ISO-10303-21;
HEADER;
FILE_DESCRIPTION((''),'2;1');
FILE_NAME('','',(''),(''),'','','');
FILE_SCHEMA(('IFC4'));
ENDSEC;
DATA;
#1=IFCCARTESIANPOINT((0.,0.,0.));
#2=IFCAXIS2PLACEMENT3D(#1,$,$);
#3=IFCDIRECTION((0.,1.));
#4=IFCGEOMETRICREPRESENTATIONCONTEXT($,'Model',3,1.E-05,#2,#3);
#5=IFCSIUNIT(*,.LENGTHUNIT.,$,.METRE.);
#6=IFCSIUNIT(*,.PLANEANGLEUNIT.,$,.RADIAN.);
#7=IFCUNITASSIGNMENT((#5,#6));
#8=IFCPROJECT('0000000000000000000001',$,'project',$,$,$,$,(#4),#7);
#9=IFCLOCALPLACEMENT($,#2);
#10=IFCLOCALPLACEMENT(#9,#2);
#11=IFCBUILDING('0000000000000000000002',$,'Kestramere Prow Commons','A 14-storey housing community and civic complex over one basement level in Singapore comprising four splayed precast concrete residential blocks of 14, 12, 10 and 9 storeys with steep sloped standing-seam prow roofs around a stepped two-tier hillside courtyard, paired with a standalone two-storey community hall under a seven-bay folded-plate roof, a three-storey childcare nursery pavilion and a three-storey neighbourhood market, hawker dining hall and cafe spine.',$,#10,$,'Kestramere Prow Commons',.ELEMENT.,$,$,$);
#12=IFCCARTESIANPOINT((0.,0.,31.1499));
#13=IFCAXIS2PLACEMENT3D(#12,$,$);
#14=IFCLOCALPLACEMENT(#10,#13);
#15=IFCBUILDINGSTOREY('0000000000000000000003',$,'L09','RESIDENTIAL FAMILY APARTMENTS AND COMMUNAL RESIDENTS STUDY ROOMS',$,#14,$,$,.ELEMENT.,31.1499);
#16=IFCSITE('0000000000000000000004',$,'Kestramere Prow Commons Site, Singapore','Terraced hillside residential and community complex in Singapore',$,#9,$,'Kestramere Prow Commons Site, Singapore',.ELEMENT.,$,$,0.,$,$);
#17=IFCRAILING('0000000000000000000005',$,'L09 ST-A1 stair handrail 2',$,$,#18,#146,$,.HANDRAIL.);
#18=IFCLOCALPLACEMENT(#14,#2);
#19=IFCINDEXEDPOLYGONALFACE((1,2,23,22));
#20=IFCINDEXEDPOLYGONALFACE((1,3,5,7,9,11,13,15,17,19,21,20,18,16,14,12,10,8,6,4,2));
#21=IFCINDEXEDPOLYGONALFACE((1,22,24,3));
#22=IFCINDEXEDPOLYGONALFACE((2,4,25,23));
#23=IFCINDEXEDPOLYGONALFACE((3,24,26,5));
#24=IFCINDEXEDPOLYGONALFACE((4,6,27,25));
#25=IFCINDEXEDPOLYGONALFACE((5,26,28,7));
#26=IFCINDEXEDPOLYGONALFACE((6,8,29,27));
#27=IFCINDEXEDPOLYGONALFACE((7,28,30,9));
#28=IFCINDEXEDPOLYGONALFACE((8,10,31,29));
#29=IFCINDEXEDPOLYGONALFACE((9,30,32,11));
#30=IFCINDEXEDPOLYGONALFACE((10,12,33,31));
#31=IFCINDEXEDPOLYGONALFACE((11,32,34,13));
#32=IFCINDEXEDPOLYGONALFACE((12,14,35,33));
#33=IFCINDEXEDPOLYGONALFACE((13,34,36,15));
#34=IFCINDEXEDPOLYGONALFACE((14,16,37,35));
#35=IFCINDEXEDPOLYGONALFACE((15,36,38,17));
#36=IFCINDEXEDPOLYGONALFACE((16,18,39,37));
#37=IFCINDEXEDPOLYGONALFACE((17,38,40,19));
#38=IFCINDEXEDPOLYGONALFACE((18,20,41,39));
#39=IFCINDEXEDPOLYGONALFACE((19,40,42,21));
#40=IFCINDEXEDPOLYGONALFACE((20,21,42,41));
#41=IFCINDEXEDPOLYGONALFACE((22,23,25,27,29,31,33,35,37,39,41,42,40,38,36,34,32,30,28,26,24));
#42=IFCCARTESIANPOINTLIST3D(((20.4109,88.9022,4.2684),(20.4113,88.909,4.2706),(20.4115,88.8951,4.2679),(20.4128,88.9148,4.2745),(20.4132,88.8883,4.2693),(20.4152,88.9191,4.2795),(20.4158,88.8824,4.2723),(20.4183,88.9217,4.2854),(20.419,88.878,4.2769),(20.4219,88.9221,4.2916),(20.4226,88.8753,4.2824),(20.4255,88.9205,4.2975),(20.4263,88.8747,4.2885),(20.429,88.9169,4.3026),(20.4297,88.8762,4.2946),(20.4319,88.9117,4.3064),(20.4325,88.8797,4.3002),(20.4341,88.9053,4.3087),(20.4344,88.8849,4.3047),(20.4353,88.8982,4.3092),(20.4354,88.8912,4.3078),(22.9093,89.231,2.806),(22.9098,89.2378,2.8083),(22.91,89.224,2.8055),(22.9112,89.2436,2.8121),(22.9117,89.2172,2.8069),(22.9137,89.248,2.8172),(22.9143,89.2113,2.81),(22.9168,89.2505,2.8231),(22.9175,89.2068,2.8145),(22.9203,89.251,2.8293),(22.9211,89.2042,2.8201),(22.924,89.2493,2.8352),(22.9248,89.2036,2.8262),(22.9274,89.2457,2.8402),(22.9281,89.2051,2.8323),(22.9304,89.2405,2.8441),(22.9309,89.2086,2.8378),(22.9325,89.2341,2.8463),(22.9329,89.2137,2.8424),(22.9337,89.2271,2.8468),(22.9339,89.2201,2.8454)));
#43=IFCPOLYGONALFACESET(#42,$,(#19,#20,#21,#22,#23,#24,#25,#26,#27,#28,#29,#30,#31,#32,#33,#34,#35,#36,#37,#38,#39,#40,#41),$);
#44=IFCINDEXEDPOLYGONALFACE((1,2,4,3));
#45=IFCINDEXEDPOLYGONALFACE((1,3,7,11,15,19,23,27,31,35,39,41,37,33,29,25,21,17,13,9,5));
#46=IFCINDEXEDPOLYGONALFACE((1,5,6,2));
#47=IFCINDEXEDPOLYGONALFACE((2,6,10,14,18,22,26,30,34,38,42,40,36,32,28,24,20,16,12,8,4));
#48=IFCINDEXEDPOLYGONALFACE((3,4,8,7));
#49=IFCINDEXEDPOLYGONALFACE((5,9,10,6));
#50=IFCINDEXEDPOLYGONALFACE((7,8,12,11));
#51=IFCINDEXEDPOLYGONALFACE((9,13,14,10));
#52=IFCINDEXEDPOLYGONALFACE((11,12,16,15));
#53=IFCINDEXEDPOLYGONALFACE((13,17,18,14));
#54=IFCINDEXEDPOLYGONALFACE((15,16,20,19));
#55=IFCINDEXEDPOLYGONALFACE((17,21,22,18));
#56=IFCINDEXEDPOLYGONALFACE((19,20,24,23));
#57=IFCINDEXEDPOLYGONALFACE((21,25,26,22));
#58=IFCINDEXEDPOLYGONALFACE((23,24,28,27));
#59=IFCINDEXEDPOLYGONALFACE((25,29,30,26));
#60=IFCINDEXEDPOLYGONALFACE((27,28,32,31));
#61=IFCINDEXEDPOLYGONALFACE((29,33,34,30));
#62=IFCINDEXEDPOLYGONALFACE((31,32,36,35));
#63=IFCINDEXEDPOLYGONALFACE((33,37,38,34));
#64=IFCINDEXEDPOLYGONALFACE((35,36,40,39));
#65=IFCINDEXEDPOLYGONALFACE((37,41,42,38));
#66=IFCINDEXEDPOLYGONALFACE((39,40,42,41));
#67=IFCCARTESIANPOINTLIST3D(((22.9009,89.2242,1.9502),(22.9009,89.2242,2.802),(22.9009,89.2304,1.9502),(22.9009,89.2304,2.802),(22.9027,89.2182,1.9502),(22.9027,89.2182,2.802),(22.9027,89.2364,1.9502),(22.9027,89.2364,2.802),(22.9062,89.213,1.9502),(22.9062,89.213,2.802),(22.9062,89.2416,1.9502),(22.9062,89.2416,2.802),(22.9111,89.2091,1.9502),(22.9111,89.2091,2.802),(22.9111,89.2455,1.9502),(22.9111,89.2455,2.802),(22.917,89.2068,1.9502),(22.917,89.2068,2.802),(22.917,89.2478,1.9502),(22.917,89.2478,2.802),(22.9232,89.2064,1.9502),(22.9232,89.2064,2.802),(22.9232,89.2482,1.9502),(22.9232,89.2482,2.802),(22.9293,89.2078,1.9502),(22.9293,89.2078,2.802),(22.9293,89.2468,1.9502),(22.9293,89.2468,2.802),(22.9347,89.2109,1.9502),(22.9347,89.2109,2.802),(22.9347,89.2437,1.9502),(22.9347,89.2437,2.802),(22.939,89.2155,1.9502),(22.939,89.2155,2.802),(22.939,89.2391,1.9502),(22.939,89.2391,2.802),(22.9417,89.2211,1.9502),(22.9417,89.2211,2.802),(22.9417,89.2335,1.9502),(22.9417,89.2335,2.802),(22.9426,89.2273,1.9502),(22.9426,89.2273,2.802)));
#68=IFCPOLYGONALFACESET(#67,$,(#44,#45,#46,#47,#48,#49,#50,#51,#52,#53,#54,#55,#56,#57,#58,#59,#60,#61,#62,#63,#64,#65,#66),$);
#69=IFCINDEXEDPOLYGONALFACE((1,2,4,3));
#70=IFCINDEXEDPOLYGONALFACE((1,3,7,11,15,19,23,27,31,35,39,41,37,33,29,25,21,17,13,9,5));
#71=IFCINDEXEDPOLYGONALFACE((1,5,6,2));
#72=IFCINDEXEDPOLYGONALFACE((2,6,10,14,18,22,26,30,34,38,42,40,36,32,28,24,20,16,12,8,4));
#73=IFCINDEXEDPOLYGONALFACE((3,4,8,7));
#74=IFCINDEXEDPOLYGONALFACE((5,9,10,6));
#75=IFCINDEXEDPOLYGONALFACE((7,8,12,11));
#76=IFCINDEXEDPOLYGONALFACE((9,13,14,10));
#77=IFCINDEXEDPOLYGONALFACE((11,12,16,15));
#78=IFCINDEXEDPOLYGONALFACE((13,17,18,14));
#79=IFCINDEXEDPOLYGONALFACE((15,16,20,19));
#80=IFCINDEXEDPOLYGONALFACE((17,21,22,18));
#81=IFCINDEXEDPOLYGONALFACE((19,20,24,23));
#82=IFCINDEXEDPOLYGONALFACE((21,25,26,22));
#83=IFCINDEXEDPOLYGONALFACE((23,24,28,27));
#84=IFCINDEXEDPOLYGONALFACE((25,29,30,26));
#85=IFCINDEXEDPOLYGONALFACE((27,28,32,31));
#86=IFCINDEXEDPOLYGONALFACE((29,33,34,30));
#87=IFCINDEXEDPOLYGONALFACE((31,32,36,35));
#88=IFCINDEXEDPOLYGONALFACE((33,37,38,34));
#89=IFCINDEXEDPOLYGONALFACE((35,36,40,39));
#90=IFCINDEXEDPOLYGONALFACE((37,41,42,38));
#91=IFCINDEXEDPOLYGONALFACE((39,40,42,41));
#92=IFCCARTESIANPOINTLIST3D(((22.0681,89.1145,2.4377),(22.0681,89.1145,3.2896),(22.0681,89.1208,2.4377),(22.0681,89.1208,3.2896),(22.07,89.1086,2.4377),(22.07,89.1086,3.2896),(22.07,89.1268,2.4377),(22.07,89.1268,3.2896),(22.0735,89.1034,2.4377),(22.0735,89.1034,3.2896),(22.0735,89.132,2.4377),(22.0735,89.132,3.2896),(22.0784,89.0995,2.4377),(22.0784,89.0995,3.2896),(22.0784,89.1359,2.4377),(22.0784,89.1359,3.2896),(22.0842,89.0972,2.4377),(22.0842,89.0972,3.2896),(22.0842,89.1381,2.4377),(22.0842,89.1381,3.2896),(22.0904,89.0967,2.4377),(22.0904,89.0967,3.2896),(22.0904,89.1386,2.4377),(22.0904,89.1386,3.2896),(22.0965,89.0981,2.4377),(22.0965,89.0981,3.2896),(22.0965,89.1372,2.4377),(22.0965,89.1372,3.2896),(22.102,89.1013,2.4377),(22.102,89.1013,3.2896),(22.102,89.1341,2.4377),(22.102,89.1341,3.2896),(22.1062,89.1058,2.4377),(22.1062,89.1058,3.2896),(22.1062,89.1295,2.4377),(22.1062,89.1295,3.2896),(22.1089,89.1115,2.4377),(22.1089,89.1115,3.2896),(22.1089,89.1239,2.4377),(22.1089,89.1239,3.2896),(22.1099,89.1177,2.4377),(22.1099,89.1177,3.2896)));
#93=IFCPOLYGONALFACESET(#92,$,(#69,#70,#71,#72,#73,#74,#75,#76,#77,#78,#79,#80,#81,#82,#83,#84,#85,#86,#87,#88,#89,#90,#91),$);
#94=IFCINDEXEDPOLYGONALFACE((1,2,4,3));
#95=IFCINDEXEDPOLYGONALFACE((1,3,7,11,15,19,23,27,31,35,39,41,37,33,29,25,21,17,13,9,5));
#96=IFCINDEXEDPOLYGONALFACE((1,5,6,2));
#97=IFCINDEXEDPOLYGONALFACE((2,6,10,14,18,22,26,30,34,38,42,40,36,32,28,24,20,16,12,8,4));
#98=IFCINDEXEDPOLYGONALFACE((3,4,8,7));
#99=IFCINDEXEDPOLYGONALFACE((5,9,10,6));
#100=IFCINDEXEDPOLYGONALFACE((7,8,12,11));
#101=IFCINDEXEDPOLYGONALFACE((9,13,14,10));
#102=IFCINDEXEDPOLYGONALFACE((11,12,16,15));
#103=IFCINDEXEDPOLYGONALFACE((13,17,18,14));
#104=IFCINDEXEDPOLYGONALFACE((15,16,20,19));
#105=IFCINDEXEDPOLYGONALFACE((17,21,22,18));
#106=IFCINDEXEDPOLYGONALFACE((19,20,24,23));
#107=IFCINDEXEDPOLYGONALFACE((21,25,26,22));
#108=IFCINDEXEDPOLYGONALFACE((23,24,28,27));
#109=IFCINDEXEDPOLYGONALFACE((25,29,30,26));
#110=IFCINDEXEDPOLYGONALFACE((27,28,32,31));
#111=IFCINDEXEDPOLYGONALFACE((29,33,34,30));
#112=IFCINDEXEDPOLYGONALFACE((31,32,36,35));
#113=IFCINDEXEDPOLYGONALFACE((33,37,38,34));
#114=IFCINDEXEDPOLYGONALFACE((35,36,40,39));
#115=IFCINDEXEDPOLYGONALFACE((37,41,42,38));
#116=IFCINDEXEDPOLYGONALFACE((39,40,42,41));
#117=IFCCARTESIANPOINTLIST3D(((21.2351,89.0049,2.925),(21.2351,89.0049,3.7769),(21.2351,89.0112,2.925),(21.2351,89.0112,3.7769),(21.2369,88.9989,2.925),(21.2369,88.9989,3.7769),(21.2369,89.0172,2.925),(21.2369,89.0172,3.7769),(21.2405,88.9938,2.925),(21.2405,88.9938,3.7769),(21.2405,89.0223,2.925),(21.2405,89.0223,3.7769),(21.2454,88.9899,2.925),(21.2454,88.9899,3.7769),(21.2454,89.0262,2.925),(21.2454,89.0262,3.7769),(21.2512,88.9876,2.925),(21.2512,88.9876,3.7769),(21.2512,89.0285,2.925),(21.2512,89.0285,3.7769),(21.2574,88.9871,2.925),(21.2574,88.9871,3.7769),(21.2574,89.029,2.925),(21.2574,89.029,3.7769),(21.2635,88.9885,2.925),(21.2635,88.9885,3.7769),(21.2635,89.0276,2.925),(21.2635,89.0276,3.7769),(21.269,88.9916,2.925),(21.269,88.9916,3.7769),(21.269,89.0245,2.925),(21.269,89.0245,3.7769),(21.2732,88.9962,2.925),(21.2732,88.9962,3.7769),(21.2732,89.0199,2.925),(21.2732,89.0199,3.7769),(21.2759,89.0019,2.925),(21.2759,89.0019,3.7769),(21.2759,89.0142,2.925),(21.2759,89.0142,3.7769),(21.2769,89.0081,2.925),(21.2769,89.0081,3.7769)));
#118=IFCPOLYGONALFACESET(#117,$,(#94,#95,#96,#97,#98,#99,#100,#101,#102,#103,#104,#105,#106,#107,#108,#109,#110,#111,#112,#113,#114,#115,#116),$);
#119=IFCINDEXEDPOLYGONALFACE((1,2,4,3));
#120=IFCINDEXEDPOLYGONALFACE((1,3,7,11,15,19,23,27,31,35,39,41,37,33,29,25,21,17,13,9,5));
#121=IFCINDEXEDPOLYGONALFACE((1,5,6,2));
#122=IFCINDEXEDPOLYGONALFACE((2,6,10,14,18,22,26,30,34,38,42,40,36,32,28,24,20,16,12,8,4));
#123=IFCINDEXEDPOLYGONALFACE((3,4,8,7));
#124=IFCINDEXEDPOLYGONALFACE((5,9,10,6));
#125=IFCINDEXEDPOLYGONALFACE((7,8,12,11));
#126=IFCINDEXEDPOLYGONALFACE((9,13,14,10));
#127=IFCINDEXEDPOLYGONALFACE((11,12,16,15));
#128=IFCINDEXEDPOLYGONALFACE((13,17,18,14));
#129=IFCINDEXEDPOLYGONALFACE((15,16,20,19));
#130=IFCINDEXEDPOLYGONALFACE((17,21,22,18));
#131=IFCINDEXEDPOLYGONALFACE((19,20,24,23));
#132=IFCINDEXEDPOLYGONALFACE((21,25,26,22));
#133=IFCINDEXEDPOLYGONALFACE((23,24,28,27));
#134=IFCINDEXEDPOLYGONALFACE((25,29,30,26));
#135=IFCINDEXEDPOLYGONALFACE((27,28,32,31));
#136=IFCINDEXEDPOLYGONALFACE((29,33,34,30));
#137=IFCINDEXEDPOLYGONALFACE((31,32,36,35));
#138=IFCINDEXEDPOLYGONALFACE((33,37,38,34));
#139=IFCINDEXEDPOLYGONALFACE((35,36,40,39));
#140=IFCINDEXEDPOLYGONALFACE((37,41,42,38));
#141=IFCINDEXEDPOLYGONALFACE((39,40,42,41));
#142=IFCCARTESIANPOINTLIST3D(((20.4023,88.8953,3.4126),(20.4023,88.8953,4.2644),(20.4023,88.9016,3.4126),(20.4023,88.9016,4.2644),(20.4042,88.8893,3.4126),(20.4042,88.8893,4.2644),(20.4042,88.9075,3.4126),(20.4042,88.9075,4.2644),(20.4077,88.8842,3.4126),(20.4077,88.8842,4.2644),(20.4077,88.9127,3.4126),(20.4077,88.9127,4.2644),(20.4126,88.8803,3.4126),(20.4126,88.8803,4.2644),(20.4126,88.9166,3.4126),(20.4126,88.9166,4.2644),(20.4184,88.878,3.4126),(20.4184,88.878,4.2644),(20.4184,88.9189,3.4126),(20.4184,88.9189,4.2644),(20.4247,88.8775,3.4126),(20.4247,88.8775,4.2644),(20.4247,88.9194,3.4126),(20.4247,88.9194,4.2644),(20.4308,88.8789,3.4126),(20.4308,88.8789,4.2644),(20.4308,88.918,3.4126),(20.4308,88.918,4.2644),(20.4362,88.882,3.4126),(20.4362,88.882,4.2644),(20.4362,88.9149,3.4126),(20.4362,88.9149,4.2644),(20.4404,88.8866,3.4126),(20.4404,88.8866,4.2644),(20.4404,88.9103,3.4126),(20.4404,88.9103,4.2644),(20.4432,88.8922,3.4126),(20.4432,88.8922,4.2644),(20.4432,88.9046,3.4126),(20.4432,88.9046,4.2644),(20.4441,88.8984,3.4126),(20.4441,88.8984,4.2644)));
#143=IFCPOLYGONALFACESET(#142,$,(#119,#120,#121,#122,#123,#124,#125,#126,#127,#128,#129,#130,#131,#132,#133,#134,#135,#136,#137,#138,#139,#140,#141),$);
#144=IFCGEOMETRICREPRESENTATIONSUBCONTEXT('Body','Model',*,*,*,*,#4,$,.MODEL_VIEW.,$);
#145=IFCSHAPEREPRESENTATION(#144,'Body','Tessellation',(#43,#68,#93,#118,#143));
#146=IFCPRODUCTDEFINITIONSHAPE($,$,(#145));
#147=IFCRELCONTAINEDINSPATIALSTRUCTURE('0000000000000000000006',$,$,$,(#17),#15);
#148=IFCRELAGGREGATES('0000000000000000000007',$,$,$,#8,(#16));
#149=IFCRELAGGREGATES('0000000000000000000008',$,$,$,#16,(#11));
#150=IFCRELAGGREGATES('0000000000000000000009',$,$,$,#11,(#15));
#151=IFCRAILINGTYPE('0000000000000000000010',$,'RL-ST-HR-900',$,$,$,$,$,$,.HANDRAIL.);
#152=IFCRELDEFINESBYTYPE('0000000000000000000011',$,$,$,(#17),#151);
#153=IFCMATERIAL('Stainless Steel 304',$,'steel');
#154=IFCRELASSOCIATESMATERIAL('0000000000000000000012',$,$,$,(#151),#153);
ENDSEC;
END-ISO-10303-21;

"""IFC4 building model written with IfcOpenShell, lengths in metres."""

from ifc_helpers import new_model, si_unit, direction, frame, origin, origin_2d, place, context, subcontext, project, spatial, circle, extrude, material, type_object, element, save


model = new_model("IFC4")

# Units and contexts
model_context = context("Model", 3, precision=1e-05, world=origin(), true_north=direction((0.0, 1.0)))
body_context = subcontext(model_context, "Body", "Model", "MODEL_VIEW")
ifc_project = project(units=[si_unit("LENGTHUNIT", "METRE"), si_unit("PLANEANGLEUNIT", "RADIAN")], contexts=[model_context])

# Site, building, storey
site_placement = place(None, origin())
site = spatial("IfcSite", under=ifc_project, at=site_placement, Name="Kestramere Prow Commons Site, Singapore", Description="Terraced hillside residential and community complex in Singapore", LongName="Kestramere Prow Commons Site, Singapore", CompositionType="ELEMENT", RefElevation=0.0)
building_placement = place(site_placement, origin())
building = spatial("IfcBuilding", under=site, at=building_placement, Name="Kestramere Prow Commons", Description="A 14-storey housing community and civic complex over one basement level in Singapore comprising four splayed precast concrete residential blocks of 14, 12, 10 and 9 storeys with steep sloped standing-seam prow roofs around a stepped two-tier hillside courtyard, paired with a standalone two-storey community hall under a seven-bay folded-plate roof, a three-storey childcare nursery pavilion and a three-storey neighbourhood market, hawker dining hall and cafe spine.", LongName="Kestramere Prow Commons", CompositionType="ELEMENT")
storey_placement = place(building_placement, frame((0.0, 0.0, 31.1499)))
storey = spatial("IfcBuildingStorey", under=building, at=storey_placement, Name="L09", Description="RESIDENTIAL FAMILY APARTMENTS AND COMMUNAL RESIDENTS STUDY ROOMS", CompositionType="ELEMENT", Elevation=31.1499)

# Railing
ifc_material_1 = material(Name="Stainless Steel 304", Category="steel")
railing_type_1 = type_object("IfcRailingType", Name="RL-ST-HR-900", PredefinedType="HANDRAIL", material=ifc_material_1)
railing_1_placement = place(storey_placement, frame((22.9216, 89.2273, 1.9502)))
element("IfcRailing", 1, at=railing_1_placement, inside=storey, type_object=railing_type_1, Name="L09 ST-A1 stair handrail 2", PredefinedType="HANDRAIL", context=body_context, shape_type="SweptSolid", body=[
    extrude(circle(Radius=0.0239, at=origin_2d()), frame((0.0, 0.0, 0.876), z_axis=(-0.857523, -0.112867, 0.501912), x_axis=(0.130495, -0.991449, 0.0)), (0.0, 0.0, 1.0), 2.9136),
    extrude(circle(Radius=0.021, at=origin_2d()), origin(), (0.0, 0.0, 1.0), 0.8518),
    extrude(circle(Radius=0.021, at=origin_2d()), frame((-0.8328, -0.1096, 0.4875)), (0.0, 0.0, 1.0), 0.8518),
    extrude(circle(Radius=0.021, at=origin_2d()), frame((-1.6658, -0.2192, 0.9749)), (0.0, 0.0, 1.0), 0.8518),
    extrude(circle(Radius=0.021, at=origin_2d()), frame((-2.4985, -0.3289, 1.4624)), (0.0, 0.0, 1.0), 0.8518),
])

save(model, "model.ifc")
